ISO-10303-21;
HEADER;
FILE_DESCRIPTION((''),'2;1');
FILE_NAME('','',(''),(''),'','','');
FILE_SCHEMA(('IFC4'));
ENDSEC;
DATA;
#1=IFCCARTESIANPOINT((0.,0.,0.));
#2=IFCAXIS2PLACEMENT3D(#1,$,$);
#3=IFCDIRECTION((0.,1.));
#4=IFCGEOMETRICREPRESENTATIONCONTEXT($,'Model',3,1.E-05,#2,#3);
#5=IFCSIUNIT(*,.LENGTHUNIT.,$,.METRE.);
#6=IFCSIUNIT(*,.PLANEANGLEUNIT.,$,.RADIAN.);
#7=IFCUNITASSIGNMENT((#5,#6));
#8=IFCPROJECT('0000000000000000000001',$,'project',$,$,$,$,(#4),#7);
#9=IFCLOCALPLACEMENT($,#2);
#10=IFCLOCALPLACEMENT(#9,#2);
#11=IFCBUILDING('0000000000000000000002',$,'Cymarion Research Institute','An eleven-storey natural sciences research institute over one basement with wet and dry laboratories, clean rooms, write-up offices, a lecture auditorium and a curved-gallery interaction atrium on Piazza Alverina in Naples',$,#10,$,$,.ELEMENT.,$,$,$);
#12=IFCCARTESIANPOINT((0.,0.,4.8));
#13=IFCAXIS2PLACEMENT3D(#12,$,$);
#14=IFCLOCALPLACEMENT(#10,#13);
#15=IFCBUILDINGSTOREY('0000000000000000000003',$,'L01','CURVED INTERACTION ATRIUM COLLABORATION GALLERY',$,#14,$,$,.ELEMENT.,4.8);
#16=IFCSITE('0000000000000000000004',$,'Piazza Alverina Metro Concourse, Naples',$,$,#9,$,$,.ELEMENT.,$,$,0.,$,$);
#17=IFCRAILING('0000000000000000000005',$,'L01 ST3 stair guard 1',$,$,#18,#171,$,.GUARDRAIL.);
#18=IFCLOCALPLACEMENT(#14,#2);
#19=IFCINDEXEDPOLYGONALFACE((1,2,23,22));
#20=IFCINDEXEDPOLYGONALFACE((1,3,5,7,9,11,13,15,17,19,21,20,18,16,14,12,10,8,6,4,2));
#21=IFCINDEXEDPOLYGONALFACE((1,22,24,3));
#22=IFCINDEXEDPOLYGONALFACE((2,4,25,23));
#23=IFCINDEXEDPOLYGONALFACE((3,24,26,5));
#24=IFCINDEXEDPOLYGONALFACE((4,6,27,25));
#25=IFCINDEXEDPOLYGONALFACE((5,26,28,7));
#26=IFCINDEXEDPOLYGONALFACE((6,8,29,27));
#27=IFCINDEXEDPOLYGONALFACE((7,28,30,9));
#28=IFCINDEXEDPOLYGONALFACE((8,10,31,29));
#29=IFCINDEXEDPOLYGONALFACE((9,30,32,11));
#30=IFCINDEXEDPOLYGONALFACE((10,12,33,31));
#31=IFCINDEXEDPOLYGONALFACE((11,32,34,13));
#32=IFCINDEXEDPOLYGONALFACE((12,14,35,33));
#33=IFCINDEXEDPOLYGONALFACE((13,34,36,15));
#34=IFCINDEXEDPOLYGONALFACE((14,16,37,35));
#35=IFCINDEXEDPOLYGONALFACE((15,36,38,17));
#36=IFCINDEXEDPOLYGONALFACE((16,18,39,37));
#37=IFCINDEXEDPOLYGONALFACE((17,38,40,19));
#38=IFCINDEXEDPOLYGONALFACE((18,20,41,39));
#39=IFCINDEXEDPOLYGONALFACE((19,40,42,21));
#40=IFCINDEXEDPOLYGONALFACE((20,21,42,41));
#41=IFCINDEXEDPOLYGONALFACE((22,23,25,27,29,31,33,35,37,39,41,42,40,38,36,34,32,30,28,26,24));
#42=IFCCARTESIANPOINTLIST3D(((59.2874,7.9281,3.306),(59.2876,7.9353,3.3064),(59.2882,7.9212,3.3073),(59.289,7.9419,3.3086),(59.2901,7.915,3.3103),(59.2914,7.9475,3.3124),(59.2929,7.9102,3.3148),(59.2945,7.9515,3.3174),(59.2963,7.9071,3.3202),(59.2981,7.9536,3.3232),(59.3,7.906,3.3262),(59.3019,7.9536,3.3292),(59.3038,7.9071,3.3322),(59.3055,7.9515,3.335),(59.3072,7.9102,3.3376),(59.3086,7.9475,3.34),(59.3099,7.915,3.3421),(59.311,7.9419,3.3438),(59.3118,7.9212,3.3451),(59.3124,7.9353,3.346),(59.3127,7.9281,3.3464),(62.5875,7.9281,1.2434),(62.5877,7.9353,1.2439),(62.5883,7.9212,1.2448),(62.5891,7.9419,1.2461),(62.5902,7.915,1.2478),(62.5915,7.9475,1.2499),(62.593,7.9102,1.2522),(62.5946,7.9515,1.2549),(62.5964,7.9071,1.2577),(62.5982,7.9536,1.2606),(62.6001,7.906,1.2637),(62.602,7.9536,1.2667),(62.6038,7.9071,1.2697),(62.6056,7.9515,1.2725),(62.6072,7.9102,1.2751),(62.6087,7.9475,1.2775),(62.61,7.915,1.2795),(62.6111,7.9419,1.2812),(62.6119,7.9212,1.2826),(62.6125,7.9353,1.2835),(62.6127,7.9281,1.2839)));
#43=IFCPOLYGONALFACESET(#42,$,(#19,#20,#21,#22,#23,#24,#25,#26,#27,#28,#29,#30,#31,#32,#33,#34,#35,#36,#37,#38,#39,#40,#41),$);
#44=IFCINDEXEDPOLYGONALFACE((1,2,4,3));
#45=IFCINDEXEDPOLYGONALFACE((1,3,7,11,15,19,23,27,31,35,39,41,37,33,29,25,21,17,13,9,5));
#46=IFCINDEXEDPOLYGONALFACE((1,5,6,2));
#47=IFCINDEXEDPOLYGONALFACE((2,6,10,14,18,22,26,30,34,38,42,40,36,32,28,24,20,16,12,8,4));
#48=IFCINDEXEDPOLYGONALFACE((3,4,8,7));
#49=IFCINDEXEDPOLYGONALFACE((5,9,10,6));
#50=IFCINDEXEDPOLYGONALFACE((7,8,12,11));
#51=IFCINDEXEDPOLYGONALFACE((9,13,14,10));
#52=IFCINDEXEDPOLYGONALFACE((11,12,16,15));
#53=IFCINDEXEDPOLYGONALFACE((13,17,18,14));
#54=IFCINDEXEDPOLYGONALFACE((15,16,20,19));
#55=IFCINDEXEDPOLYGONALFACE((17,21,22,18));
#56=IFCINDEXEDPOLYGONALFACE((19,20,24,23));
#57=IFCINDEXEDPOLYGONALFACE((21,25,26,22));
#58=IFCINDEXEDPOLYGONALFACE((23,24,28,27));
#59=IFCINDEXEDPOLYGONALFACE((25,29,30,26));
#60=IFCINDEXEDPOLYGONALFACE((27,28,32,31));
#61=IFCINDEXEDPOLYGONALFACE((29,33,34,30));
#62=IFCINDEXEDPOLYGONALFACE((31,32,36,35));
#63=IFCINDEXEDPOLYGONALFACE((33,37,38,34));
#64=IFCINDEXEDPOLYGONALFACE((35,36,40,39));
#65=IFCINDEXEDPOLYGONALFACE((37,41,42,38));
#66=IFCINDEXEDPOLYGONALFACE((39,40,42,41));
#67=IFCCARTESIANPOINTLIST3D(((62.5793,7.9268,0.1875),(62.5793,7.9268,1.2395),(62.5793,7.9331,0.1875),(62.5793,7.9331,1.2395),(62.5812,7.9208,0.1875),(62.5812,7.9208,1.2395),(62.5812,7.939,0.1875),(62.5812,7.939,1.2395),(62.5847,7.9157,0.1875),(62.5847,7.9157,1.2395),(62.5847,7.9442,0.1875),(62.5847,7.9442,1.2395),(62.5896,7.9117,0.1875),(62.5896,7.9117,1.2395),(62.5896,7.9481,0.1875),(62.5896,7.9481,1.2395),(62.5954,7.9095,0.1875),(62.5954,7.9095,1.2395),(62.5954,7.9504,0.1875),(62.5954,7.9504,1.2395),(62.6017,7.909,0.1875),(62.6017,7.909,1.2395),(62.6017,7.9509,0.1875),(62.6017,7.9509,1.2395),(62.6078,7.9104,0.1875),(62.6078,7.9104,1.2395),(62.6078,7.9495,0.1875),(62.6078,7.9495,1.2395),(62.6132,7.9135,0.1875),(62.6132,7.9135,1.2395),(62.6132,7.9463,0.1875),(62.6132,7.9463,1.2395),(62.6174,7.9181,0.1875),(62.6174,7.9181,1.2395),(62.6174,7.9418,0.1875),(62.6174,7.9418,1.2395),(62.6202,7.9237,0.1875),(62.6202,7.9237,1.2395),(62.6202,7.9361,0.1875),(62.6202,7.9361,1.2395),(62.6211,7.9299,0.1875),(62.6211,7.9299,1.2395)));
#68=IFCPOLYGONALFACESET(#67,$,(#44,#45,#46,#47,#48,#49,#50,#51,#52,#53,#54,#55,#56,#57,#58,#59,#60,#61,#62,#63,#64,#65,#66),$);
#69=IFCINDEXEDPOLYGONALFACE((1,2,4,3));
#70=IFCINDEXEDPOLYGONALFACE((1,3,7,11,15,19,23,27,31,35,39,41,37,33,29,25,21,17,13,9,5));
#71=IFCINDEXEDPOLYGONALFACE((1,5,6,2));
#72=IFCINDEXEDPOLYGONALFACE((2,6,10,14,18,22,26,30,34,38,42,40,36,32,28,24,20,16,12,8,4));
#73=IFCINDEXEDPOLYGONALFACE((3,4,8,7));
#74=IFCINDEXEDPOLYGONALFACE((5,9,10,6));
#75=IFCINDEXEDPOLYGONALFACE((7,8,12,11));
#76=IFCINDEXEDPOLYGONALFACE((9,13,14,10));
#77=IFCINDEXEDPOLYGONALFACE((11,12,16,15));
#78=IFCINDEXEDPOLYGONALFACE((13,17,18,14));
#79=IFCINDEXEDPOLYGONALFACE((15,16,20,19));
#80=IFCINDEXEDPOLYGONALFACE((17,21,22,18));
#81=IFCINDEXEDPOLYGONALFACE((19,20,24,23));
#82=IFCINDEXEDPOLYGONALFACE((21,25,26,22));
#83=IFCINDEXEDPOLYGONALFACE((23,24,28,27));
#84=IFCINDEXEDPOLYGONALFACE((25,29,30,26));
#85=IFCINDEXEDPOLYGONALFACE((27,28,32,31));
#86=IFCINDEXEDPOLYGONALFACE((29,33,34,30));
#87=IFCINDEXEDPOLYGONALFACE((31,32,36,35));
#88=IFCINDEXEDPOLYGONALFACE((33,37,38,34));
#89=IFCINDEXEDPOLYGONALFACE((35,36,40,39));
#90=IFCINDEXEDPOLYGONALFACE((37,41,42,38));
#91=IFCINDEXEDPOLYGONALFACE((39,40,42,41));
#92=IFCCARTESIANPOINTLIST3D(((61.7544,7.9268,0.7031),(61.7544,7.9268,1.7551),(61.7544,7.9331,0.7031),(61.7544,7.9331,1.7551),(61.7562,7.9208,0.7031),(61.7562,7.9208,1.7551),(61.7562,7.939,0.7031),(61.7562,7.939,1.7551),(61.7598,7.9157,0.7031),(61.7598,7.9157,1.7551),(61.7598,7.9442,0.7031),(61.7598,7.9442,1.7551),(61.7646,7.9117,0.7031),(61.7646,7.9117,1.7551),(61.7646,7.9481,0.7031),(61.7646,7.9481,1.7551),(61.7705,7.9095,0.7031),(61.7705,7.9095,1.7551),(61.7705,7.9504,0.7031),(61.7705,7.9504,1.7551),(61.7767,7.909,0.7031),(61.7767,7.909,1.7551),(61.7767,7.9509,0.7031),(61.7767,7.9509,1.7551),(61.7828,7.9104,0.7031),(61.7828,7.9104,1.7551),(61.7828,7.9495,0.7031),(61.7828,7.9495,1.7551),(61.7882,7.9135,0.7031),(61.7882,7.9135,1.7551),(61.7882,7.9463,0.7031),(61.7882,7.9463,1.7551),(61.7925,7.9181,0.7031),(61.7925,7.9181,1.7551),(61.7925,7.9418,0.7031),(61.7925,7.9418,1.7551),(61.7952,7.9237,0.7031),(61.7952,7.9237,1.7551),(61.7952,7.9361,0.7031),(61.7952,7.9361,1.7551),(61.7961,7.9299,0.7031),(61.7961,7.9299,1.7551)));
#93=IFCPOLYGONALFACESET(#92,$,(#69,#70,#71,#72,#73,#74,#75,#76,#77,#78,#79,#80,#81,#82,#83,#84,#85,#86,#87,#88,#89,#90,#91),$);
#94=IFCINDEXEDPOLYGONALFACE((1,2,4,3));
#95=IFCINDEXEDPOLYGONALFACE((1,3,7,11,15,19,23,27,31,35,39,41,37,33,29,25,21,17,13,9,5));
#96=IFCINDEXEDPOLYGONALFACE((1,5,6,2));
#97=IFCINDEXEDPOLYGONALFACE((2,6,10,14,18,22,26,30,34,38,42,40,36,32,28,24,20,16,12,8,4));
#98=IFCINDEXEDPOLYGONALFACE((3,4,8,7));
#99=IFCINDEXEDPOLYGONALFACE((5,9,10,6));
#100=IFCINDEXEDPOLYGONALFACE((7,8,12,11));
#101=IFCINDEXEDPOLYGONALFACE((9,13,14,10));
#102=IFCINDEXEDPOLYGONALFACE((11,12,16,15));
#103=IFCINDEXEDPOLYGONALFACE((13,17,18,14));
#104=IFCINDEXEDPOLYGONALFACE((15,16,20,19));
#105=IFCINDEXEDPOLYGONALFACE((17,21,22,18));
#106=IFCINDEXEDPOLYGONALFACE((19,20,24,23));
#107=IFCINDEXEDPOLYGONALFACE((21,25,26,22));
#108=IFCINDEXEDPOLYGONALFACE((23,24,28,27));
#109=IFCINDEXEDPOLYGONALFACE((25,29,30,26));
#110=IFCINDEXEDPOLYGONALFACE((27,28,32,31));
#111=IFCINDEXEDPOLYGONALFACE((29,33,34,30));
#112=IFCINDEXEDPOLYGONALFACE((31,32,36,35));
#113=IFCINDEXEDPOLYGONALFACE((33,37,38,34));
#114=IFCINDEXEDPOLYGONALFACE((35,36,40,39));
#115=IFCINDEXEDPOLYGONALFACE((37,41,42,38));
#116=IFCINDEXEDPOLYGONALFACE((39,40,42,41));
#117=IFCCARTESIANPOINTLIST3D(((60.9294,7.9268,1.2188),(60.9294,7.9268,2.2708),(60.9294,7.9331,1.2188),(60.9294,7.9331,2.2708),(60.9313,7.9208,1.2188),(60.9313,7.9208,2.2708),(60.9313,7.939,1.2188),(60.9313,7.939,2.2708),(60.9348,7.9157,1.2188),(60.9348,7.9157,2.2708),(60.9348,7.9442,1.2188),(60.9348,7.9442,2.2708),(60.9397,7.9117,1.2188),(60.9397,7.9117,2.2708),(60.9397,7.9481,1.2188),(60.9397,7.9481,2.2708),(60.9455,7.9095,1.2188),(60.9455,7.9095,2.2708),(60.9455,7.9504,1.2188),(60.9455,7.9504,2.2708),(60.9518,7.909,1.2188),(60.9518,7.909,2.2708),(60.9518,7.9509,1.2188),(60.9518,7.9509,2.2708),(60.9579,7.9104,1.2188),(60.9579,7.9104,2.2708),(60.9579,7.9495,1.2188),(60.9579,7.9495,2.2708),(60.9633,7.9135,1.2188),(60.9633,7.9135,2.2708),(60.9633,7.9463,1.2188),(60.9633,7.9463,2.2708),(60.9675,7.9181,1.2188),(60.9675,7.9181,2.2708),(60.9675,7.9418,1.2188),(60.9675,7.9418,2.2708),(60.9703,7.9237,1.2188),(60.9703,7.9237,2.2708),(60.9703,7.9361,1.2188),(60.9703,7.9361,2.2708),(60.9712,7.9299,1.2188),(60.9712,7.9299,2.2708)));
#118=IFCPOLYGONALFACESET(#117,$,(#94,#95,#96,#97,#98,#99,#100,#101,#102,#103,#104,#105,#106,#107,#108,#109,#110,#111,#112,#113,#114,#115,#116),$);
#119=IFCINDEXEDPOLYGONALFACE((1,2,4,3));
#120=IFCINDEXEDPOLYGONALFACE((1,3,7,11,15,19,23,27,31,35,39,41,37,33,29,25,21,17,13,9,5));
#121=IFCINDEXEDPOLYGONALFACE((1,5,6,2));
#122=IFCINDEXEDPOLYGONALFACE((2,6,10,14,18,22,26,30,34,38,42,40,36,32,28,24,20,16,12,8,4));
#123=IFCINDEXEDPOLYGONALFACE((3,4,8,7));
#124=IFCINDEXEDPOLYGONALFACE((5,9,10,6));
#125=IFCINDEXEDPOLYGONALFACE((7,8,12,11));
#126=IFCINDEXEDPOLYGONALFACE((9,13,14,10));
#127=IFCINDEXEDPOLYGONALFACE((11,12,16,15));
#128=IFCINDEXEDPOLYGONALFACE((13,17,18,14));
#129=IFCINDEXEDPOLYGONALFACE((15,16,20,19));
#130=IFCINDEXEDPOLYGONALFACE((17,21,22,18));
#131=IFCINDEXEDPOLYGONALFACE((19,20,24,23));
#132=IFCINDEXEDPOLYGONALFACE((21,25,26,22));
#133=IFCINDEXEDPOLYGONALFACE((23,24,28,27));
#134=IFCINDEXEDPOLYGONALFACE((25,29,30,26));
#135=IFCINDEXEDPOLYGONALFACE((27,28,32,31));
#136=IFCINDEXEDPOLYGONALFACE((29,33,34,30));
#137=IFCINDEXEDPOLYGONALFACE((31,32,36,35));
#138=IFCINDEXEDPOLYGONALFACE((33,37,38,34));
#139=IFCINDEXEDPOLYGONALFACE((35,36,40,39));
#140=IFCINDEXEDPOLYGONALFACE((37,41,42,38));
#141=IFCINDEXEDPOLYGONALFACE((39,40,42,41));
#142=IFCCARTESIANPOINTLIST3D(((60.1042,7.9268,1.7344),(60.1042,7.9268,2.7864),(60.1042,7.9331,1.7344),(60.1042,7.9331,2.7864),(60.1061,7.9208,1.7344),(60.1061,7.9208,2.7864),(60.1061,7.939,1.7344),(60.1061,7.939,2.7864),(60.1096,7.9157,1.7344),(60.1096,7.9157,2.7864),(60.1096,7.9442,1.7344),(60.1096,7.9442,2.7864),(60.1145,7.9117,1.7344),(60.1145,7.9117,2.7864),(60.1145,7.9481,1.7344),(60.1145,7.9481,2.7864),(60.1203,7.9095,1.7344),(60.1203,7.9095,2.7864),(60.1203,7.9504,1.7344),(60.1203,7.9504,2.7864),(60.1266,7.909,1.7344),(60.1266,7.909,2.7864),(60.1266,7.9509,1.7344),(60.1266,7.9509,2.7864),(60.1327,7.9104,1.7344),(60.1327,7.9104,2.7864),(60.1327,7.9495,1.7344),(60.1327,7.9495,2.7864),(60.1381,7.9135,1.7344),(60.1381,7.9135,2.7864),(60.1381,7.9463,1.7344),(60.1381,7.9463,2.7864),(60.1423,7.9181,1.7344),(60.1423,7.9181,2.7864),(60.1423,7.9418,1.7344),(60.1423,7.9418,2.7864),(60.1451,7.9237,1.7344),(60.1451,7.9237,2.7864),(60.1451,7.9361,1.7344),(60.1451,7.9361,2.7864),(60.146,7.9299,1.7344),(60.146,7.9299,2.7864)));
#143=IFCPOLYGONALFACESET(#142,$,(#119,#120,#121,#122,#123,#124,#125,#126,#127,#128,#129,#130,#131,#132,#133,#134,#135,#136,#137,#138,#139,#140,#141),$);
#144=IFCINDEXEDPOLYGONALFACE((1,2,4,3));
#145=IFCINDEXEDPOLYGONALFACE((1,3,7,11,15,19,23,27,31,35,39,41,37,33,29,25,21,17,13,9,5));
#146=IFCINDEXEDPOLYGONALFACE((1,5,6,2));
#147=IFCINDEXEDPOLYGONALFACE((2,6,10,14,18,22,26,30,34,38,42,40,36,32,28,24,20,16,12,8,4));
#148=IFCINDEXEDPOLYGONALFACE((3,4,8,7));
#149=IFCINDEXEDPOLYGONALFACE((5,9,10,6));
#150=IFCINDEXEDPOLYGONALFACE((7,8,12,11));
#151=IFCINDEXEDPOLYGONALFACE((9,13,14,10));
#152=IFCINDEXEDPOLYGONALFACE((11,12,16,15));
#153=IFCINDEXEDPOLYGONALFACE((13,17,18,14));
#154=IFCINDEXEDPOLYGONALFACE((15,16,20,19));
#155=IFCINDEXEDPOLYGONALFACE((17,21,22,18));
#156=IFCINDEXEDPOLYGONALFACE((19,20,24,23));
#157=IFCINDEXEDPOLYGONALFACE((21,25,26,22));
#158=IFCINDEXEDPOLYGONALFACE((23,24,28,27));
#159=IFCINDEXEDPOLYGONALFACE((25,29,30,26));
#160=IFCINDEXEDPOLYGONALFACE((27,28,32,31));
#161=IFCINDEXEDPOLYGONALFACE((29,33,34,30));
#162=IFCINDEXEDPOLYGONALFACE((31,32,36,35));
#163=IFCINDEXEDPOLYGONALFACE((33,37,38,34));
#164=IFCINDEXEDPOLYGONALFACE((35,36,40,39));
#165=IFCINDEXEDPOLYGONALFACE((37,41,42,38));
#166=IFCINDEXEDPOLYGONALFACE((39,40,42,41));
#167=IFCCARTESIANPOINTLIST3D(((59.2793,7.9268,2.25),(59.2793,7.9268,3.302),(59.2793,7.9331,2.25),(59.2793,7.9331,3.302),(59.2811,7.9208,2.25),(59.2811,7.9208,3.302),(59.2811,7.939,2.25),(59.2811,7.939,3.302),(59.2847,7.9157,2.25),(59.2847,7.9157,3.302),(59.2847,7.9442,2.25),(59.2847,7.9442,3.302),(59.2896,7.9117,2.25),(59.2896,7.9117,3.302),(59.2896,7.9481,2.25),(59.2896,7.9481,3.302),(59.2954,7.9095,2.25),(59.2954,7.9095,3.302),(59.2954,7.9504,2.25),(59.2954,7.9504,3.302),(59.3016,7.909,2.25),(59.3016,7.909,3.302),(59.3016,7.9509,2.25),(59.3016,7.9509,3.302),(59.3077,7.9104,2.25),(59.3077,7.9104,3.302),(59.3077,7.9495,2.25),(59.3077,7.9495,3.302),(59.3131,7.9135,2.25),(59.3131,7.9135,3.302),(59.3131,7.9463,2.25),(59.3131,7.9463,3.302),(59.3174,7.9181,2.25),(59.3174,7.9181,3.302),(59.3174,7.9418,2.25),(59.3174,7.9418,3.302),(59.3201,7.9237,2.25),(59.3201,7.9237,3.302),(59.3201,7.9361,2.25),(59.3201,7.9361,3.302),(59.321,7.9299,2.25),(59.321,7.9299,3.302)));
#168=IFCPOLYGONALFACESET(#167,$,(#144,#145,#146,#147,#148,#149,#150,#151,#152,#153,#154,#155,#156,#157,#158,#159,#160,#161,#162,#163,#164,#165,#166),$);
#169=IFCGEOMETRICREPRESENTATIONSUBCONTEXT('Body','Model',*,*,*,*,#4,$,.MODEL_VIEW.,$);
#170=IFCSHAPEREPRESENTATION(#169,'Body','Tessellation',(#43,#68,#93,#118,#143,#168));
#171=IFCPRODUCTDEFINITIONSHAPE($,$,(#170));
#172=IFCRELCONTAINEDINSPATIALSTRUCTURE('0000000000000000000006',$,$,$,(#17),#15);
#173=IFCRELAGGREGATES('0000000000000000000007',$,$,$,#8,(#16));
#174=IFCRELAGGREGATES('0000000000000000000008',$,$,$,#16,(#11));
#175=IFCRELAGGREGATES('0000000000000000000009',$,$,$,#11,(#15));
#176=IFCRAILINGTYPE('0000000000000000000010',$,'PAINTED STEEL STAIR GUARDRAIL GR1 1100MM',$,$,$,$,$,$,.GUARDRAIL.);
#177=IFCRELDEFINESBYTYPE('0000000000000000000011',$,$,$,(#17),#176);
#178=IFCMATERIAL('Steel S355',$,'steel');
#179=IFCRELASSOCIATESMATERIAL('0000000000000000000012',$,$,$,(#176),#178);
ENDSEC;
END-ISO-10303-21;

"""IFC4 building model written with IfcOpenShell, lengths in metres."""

from ifc_helpers import new_model, si_unit, direction, frame, origin, origin_2d, place, context, subcontext, project, spatial, circle, extrude, material, type_object, element, save


model = new_model("IFC4")

# Units and contexts
model_context = context("Model", 3, precision=1e-05, world=origin(), true_north=direction((0.0, 1.0)))
body_context = subcontext(model_context, "Body", "Model", "MODEL_VIEW")
ifc_project = project(units=[si_unit("LENGTHUNIT", "METRE"), si_unit("PLANEANGLEUNIT", "RADIAN")], contexts=[model_context])

# Site, building, storey
site_placement = place(None, origin())
site = spatial("IfcSite", under=ifc_project, at=site_placement, Name="Piazza Alverina Metro Concourse, Naples", CompositionType="ELEMENT", RefElevation=0.0)
building_placement = place(site_placement, origin())
building = spatial("IfcBuilding", under=site, at=building_placement, Name="Cymarion Research Institute", Description="An eleven-storey natural sciences research institute over one basement with wet and dry laboratories, clean rooms, write-up offices, a lecture auditorium and a curved-gallery interaction atrium on Piazza Alverina in Naples", CompositionType="ELEMENT")
storey_placement = place(building_placement, frame((0.0, 0.0, 4.8)))
storey = spatial("IfcBuildingStorey", under=building, at=storey_placement, Name="L01", Description="CURVED INTERACTION ATRIUM COLLABORATION GALLERY", CompositionType="ELEMENT", Elevation=4.8)

# Shared definitions
ifc_material_1 = material(Name="Steel S355", Category="steel")

# Railing
railing_type_1 = type_object("IfcRailingType", Name="PAINTED STEEL STAIR GUARDRAIL GR1 1100MM", PredefinedType="GUARDRAIL", material=ifc_material_1)
railing_1_placement = place(storey_placement, frame((62.6001, 7.9299, 0.1875)))
element("IfcRailing", 1, at=railing_1_placement, inside=storey, type_object=railing_type_1, Name="L01 ST3 stair guard 1", PredefinedType="GUARDRAIL", context=body_context, shape_type="SweptSolid", body=[
    extrude(circle(Radius=0.0239, at=origin_2d()), frame((0.0, 0.0, 1.0762), z_axis=(-0.848002, 0.0, 0.529993), x_axis=(0.0, -1.0, 0.0)), (0.0, 0.0, 1.0), 3.8916),
    extrude(circle(Radius=0.021, at=origin_2d()), origin(), (0.0, 0.0, 1.0), 1.052),
    extrude(circle(Radius=0.021, at=origin_2d()), frame((-0.825, 0.0, 0.5156)), (0.0, 0.0, 1.0), 1.052),
    extrude(circle(Radius=0.021, at=origin_2d()), frame((-1.6499, 0.0, 1.0312)), (0.0, 0.0, 1.0), 1.052),
    extrude(circle(Radius=0.021, at=origin_2d()), frame((-2.4751, 0.0, 1.5469)), (0.0, 0.0, 1.0), 1.052),
    extrude(circle(Radius=0.021, at=origin_2d()), frame((-3.3, 0.0, 2.0625)), (0.0, 0.0, 1.0), 1.052),
])

save(model, "model.ifc")
